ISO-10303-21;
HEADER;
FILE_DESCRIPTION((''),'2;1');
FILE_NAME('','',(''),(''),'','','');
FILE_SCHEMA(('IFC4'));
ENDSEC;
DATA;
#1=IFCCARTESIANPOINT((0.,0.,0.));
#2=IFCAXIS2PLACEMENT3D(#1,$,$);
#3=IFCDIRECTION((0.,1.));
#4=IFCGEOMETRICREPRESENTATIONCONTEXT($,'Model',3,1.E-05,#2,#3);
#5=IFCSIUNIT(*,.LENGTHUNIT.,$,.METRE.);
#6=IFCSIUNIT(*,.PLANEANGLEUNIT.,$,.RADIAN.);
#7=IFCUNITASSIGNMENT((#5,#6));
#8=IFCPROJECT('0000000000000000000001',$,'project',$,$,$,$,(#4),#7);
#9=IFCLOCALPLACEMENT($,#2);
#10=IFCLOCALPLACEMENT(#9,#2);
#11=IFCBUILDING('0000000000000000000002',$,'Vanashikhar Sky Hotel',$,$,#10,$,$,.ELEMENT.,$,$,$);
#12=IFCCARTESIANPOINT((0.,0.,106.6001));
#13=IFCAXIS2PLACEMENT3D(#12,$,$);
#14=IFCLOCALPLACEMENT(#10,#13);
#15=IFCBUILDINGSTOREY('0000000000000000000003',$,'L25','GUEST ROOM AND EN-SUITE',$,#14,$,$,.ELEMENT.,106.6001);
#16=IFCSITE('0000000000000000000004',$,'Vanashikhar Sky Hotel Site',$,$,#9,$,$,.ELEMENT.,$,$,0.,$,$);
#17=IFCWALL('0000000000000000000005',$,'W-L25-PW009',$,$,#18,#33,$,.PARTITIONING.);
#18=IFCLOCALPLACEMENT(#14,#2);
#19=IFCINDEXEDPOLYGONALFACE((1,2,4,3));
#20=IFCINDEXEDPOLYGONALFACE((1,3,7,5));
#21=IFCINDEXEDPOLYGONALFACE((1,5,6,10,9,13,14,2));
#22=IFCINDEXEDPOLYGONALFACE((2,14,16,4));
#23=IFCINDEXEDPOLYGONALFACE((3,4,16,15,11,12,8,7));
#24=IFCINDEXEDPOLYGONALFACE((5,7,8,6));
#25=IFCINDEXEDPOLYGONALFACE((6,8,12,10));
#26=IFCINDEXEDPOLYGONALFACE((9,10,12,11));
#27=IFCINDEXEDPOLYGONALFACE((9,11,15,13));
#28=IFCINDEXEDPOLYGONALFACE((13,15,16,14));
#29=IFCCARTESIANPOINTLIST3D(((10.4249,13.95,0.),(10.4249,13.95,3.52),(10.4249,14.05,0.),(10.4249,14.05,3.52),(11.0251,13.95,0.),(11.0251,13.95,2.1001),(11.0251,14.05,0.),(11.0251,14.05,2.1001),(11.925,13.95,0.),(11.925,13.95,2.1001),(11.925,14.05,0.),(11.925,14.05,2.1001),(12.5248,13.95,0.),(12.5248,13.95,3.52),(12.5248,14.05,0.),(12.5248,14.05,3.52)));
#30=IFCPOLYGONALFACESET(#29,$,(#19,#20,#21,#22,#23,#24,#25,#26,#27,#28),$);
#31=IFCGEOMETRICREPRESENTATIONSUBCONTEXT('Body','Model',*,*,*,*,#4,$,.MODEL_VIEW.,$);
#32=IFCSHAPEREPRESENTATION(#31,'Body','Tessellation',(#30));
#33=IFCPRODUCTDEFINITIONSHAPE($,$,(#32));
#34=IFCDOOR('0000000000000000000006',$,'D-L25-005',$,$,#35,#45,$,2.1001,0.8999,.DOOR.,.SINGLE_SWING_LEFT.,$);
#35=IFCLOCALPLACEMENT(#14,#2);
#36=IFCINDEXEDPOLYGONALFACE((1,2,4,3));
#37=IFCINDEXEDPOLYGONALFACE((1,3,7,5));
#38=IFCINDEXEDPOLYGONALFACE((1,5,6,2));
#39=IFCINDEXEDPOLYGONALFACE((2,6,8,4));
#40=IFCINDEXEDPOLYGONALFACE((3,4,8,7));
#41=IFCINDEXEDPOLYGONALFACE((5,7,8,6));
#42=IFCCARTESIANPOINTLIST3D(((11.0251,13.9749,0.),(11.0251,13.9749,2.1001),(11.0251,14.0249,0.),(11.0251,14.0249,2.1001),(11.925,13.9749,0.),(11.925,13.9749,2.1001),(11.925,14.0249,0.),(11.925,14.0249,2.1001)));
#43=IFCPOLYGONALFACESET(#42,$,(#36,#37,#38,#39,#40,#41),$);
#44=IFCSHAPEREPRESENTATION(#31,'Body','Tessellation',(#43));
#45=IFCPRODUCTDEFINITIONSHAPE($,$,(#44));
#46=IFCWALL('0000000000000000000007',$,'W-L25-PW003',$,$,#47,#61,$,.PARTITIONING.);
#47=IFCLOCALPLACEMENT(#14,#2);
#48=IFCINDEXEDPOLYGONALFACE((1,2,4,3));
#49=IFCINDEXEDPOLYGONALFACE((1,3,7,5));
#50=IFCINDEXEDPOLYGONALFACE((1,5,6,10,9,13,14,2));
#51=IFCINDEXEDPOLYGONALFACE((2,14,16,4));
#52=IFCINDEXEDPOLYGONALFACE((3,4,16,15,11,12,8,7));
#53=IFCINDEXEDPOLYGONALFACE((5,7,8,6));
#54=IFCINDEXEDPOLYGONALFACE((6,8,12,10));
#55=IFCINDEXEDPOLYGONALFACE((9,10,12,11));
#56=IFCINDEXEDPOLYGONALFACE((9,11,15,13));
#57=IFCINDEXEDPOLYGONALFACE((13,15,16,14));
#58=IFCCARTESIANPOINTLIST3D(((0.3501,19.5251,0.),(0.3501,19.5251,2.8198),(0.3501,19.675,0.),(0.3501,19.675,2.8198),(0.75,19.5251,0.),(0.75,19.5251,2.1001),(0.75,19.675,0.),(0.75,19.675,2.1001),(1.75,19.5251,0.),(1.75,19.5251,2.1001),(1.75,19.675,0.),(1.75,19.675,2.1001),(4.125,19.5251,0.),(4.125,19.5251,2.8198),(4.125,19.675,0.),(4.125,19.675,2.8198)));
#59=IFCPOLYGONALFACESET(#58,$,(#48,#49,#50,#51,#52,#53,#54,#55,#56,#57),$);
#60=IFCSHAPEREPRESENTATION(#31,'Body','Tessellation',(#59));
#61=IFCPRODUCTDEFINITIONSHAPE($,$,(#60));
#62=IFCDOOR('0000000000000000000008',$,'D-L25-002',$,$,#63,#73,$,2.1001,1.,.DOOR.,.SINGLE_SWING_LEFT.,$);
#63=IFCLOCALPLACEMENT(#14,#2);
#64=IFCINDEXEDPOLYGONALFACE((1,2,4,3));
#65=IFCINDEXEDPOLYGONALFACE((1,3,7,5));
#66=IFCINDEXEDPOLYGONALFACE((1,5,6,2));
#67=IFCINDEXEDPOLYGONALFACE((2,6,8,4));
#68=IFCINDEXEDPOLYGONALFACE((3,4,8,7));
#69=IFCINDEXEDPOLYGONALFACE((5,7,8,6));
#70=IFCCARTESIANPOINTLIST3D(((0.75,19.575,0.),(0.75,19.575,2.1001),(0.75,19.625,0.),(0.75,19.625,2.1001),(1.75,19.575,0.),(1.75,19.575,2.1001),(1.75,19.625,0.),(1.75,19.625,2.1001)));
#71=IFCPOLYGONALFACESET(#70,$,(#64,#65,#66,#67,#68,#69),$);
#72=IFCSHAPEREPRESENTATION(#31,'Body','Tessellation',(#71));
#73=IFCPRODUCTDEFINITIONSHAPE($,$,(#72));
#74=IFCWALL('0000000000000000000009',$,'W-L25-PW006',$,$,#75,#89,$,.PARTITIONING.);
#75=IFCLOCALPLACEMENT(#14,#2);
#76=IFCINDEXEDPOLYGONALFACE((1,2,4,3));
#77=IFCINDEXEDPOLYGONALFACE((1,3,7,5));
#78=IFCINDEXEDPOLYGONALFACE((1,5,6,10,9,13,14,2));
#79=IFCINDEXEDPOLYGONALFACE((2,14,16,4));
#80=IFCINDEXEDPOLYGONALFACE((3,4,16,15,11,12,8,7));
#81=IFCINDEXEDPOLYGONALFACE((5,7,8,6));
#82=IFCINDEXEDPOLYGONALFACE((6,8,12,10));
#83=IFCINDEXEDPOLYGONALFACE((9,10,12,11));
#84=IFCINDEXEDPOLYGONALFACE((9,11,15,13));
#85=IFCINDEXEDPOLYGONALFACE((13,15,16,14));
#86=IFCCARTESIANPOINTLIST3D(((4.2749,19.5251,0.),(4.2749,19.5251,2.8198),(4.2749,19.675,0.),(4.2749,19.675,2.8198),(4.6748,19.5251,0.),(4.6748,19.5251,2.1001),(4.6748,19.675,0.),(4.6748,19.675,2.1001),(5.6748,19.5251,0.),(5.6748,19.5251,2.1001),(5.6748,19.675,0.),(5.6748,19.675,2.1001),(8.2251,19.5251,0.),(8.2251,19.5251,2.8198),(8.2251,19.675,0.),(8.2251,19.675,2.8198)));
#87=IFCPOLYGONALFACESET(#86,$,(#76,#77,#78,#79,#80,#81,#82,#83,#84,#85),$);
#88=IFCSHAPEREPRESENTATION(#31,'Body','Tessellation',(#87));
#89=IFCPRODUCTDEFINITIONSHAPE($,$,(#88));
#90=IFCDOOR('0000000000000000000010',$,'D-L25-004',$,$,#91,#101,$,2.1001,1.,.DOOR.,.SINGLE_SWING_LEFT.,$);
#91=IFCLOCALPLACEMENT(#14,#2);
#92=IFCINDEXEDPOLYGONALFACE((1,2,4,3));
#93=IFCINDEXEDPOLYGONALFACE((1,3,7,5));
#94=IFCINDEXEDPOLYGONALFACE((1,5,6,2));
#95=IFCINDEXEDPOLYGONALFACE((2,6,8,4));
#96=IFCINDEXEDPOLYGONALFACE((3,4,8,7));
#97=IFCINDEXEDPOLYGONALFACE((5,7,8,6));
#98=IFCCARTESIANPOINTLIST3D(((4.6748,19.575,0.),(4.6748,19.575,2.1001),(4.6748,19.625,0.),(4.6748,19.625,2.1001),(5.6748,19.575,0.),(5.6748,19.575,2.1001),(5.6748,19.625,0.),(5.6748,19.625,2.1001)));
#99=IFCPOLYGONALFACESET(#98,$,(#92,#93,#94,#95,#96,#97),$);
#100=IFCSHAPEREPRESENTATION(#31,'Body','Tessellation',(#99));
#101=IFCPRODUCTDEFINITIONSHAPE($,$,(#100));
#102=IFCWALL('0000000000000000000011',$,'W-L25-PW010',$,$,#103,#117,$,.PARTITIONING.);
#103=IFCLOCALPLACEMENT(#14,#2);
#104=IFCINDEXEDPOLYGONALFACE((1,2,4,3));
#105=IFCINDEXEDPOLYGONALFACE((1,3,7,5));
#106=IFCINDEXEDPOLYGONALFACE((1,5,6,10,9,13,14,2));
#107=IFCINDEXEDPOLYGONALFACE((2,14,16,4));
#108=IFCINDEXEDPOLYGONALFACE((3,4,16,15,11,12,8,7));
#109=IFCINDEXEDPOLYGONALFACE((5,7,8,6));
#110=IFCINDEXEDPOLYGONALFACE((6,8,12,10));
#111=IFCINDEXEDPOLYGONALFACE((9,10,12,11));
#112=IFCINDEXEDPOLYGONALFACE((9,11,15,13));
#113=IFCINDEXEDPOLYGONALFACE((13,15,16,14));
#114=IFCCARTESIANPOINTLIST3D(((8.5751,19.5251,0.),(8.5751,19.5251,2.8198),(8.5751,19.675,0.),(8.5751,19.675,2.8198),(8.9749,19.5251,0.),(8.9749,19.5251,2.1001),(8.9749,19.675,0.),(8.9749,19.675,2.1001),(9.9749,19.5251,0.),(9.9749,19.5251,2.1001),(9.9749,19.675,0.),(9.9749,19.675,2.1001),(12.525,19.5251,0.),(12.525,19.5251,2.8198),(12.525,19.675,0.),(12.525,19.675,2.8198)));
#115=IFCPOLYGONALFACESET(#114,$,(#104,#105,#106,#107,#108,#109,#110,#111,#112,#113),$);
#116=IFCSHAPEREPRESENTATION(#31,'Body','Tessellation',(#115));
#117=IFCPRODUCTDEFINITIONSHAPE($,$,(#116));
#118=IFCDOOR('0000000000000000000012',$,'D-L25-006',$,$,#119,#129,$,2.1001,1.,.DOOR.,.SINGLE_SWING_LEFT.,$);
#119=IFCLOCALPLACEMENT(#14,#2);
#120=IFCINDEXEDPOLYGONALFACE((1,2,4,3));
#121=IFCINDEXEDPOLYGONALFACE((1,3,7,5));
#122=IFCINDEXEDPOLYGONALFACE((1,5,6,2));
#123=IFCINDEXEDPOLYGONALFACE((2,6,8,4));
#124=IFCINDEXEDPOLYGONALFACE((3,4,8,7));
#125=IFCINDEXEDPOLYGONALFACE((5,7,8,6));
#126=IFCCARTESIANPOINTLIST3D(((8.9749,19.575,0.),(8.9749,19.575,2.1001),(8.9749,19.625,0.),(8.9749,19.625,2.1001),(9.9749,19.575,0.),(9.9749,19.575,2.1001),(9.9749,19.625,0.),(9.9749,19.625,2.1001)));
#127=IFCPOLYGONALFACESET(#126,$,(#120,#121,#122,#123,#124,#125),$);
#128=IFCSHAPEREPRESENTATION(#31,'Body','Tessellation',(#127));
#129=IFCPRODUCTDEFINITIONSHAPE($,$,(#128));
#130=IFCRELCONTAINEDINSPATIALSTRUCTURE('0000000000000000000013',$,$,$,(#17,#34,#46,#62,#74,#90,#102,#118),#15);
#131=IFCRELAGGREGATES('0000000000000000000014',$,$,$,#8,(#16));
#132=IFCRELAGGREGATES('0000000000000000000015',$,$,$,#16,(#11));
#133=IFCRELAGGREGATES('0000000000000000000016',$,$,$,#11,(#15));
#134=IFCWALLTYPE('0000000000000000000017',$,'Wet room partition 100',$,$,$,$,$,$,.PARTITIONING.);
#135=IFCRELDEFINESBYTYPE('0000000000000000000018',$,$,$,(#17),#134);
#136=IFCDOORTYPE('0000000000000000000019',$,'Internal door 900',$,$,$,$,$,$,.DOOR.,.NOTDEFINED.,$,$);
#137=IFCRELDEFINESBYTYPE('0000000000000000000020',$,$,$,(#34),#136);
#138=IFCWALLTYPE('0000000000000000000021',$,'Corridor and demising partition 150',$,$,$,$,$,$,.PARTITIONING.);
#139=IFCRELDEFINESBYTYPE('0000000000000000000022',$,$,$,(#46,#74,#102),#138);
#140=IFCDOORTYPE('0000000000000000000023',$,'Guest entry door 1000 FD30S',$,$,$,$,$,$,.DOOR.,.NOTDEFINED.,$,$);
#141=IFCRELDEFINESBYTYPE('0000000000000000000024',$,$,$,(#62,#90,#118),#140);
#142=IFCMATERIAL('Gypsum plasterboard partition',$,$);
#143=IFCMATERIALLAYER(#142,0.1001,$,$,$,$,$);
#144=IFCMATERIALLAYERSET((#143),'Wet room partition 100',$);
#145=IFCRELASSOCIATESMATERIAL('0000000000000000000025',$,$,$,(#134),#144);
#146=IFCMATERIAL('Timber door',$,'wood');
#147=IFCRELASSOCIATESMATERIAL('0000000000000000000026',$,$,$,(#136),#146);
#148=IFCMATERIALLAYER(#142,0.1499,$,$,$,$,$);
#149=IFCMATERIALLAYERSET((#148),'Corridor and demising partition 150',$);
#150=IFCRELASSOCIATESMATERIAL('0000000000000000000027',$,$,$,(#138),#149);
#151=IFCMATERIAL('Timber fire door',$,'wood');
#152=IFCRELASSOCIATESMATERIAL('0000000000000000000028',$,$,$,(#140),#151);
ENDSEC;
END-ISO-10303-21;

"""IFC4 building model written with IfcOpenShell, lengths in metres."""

from ifc_helpers import new_model, si_unit, direction, frame, frame_2d, origin, place, context, subcontext, project, spatial, rectangle, extrude, source, transform, mapped, material, layer, layer_set, type_object, element, fill, save


model = new_model("IFC4")

# Units and contexts
model_context = context("Model", 3, precision=1e-05, world=origin(), true_north=direction((0.0, 1.0)))
body_context = subcontext(model_context, "Body", "Model", "MODEL_VIEW")
ifc_project = project(units=[si_unit("LENGTHUNIT", "METRE"), si_unit("PLANEANGLEUNIT", "RADIAN")], contexts=[model_context])

# Site, building, storey
site_placement = place(None, origin())
site = spatial("IfcSite", under=ifc_project, at=site_placement, Name="Vanashikhar Sky Hotel Site", CompositionType="ELEMENT", RefElevation=0.0)
building_placement = place(site_placement, origin())
building = spatial("IfcBuilding", under=site, at=building_placement, Name="Vanashikhar Sky Hotel", CompositionType="ELEMENT")
storey_placement = place(building_placement, frame((0.0, 0.0, 106.6001)))
storey = spatial("IfcBuildingStorey", under=building, at=storey_placement, Name="L25", Description="GUEST ROOM AND EN-SUITE", CompositionType="ELEMENT", Elevation=106.6001)

# Shared definitions
ifc_material_1 = material(Name="Gypsum plasterboard partition")
ifc_layer_1 = layer(ifc_material_1, 0.1001)
ifc_layer_set_1 = layer_set([ifc_layer_1], Name="Wet room partition 100")
wall_type_1 = type_object("IfcWallType", Name="Wet room partition 100", PredefinedType="PARTITIONING", material=ifc_layer_set_1)

# Walls, openings, doors
shared_shape_1 = source(origin(), body_context, "Body", "SweptSolid", [
    extrude(rectangle(XDim=0.8999, YDim=2.1001, at=frame_2d((0.45, 1.05))), frame((0.0, 0.0601, 0.0), z_axis=(0.0, -1.0, 0.0), x_axis=(1.0, 0.0, 0.0)), (0.0, 0.0, 1.0), 0.1201),
])
ifc_material_2 = material(Name="Timber door", Category="wood")
door_type_1 = type_object("IfcDoorType", Name="Internal door 900", OperationType="NOTDEFINED", PredefinedType="DOOR", material=ifc_material_2)
shared_shape_2 = source(origin(), body_context, "Body", "SweptSolid", [
    extrude(rectangle(XDim=0.8999, YDim=2.1001, at=frame_2d((0.45, 1.05))), frame((0.0, 0.0249, 0.0), z_axis=(0.0, -1.0, 0.0), x_axis=(1.0, 0.0, 0.0)), (0.0, 0.0, 1.0), 0.05),
])
shared_shape_3 = source(origin(), body_context, "Body", "SweptSolid", [
    extrude(rectangle(XDim=2.0999, YDim=0.1001, at=frame_2d((1.0498, 0.0))), origin(), (0.0, 0.0, 1.0), 3.52),
])
wall_1_placement = place(storey_placement, frame((10.425, 14.0, 0.0), z_axis=(0.0, 0.0, 1.0), x_axis=(1.0, 0.0, 0.0)))
wall_1 = element("IfcWall", 1, at=wall_1_placement, inside=storey, type_object=wall_type_1, Name="W-L25-PW009", PredefinedType="PARTITIONING", context=body_context, shape_type="MappedRepresentation", body=[
    mapped(shared_shape_3, transform((0.0, 0.0, 0.0), scale=1.0)),
])
opening_1_placement = place(wall_1_placement, frame((0.6001, 0.0, 0.0)))
opening_1 = element("IfcOpeningElement", 2, at=opening_1_placement, cuts=wall_1, PredefinedType="OPENING", context=body_context, shape_type="MappedRepresentation", body=[
    mapped(shared_shape_1, transform((0.0, 0.0, 0.0), scale=1.0)),
])
door_1_placement = place(opening_1_placement, origin())
door_1 = element("IfcDoor", 3, at=door_1_placement, inside=storey, type_object=door_type_1, Name="D-L25-005", OperationType="SINGLE_SWING_LEFT", OverallHeight=2.1001, OverallWidth=0.8999, PredefinedType="DOOR", context=body_context, shape_type="MappedRepresentation", body=[
    mapped(shared_shape_2, transform((0.0, 0.0, 0.0), scale=1.0)),
])
fill(opening_1, door_1)
ifc_layer_2 = layer(ifc_material_1, 0.1499)
ifc_layer_set_2 = layer_set([ifc_layer_2], Name="Corridor and demising partition 150")
wall_type_2 = type_object("IfcWallType", Name="Corridor and demising partition 150", PredefinedType="PARTITIONING", material=ifc_layer_set_2)
shared_shape_4 = source(origin(), body_context, "Body", "SweptSolid", [
    extrude(rectangle(XDim=3.7749, YDim=0.1499, at=frame_2d((1.8875, 0.0))), origin(), (0.0, 0.0, 1.0), 2.8198),
])
wall_2_placement = place(storey_placement, frame((0.3501, 19.6001, 0.0), z_axis=(0.0, 0.0, 1.0), x_axis=(1.0, 0.0, 0.0)))
wall_2 = element("IfcWall", 4, at=wall_2_placement, inside=storey, type_object=wall_type_2, Name="W-L25-PW003", PredefinedType="PARTITIONING", context=body_context, shape_type="MappedRepresentation", body=[
    mapped(shared_shape_4, transform((0.0, 0.0, 0.0), scale=1.0)),
])
shared_shape_5 = source(origin(), body_context, "Body", "SweptSolid", [
    extrude(rectangle(XDim=1.0, YDim=2.1001, at=frame_2d((0.5, 1.05))), frame((0.0, 0.085, 0.0), z_axis=(0.0, -1.0, 0.0), x_axis=(1.0, 0.0, 0.0)), (0.0, 0.0, 1.0), 0.1699),
])
opening_2_placement = place(wall_2_placement, frame((0.3999, 0.0, 0.0)))
opening_2 = element("IfcOpeningElement", 5, at=opening_2_placement, cuts=wall_2, PredefinedType="OPENING", context=body_context, shape_type="MappedRepresentation", body=[
    mapped(shared_shape_5, transform((0.0, 0.0, 0.0), scale=1.0)),
])
ifc_material_3 = material(Name="Timber fire door", Category="wood")
door_type_2 = type_object("IfcDoorType", Name="Guest entry door 1000 FD30S", OperationType="NOTDEFINED", PredefinedType="DOOR", material=ifc_material_3)
shared_shape_6 = source(origin(), body_context, "Body", "SweptSolid", [
    extrude(rectangle(XDim=1.0, YDim=2.1001, at=frame_2d((0.5, 1.05))), frame((0.0, 0.0249, 0.0), z_axis=(0.0, -1.0, 0.0), x_axis=(1.0, 0.0, 0.0)), (0.0, 0.0, 1.0), 0.05),
])
door_2_placement = place(opening_2_placement, origin())
door_2 = element("IfcDoor", 6, at=door_2_placement, inside=storey, type_object=door_type_2, Name="D-L25-002", OperationType="SINGLE_SWING_LEFT", OverallHeight=2.1001, OverallWidth=1.0, PredefinedType="DOOR", context=body_context, shape_type="MappedRepresentation", body=[
    mapped(shared_shape_6, transform((0.0, 0.0, 0.0), scale=1.0)),
])
fill(opening_2, door_2)
shared_shape_7 = source(origin(), body_context, "Body", "SweptSolid", [
    extrude(rectangle(XDim=3.9502, YDim=0.1499, at=frame_2d((1.9751, 0.0))), origin(), (0.0, 0.0, 1.0), 2.8198),
])
wall_3_placement = place(storey_placement, frame((4.2749, 19.6001, 0.0), z_axis=(0.0, 0.0, 1.0), x_axis=(1.0, 0.0, 0.0)))
wall_3 = element("IfcWall", 7, at=wall_3_placement, inside=storey, type_object=wall_type_2, Name="W-L25-PW006", PredefinedType="PARTITIONING", context=body_context, shape_type="MappedRepresentation", body=[
    mapped(shared_shape_7, transform((0.0, 0.0, 0.0), scale=1.0)),
])
opening_3_placement = place(wall_3_placement, frame((0.3999, 0.0, 0.0)))
opening_3 = element("IfcOpeningElement", 8, at=opening_3_placement, cuts=wall_3, PredefinedType="OPENING", context=body_context, shape_type="MappedRepresentation", body=[
    mapped(shared_shape_5, transform((0.0, 0.0, 0.0), scale=1.0)),
])
door_3_placement = place(opening_3_placement, origin())
door_3 = element("IfcDoor", 9, at=door_3_placement, inside=storey, type_object=door_type_2, Name="D-L25-004", OperationType="SINGLE_SWING_LEFT", OverallHeight=2.1001, OverallWidth=1.0, PredefinedType="DOOR", context=body_context, shape_type="MappedRepresentation", body=[
    mapped(shared_shape_6, transform((0.0, 0.0, 0.0), scale=1.0)),
])
fill(opening_3, door_3)
shared_shape_8 = source(origin(), body_context, "Body", "SweptSolid", [
    extrude(rectangle(XDim=3.95, YDim=0.1499, at=frame_2d((1.9751, 0.0))), origin(), (0.0, 0.0, 1.0), 2.8198),
])
wall_4_placement = place(storey_placement, frame((8.575, 19.6001, 0.0), z_axis=(0.0, 0.0, 1.0), x_axis=(1.0, 0.0, 0.0)))
wall_4 = element("IfcWall", 10, at=wall_4_placement, inside=storey, type_object=wall_type_2, Name="W-L25-PW010", PredefinedType="PARTITIONING", context=body_context, shape_type="MappedRepresentation", body=[
    mapped(shared_shape_8, transform((0.0, 0.0, 0.0), scale=1.0)),
])
opening_4_placement = place(wall_4_placement, frame((0.3999, 0.0, 0.0)))
opening_4 = element("IfcOpeningElement", 11, at=opening_4_placement, cuts=wall_4, PredefinedType="OPENING", context=body_context, shape_type="MappedRepresentation", body=[
    mapped(shared_shape_5, transform((0.0, 0.0, 0.0), scale=1.0)),
])
door_4_placement = place(opening_4_placement, origin())
door_4 = element("IfcDoor", 12, at=door_4_placement, inside=storey, type_object=door_type_2, Name="D-L25-006", OperationType="SINGLE_SWING_LEFT", OverallHeight=2.1001, OverallWidth=1.0, PredefinedType="DOOR", context=body_context, shape_type="MappedRepresentation", body=[
    mapped(shared_shape_6, transform((0.0, 0.0, 0.0), scale=1.0)),
])
fill(opening_4, door_4)

save(model, "model.ifc")
